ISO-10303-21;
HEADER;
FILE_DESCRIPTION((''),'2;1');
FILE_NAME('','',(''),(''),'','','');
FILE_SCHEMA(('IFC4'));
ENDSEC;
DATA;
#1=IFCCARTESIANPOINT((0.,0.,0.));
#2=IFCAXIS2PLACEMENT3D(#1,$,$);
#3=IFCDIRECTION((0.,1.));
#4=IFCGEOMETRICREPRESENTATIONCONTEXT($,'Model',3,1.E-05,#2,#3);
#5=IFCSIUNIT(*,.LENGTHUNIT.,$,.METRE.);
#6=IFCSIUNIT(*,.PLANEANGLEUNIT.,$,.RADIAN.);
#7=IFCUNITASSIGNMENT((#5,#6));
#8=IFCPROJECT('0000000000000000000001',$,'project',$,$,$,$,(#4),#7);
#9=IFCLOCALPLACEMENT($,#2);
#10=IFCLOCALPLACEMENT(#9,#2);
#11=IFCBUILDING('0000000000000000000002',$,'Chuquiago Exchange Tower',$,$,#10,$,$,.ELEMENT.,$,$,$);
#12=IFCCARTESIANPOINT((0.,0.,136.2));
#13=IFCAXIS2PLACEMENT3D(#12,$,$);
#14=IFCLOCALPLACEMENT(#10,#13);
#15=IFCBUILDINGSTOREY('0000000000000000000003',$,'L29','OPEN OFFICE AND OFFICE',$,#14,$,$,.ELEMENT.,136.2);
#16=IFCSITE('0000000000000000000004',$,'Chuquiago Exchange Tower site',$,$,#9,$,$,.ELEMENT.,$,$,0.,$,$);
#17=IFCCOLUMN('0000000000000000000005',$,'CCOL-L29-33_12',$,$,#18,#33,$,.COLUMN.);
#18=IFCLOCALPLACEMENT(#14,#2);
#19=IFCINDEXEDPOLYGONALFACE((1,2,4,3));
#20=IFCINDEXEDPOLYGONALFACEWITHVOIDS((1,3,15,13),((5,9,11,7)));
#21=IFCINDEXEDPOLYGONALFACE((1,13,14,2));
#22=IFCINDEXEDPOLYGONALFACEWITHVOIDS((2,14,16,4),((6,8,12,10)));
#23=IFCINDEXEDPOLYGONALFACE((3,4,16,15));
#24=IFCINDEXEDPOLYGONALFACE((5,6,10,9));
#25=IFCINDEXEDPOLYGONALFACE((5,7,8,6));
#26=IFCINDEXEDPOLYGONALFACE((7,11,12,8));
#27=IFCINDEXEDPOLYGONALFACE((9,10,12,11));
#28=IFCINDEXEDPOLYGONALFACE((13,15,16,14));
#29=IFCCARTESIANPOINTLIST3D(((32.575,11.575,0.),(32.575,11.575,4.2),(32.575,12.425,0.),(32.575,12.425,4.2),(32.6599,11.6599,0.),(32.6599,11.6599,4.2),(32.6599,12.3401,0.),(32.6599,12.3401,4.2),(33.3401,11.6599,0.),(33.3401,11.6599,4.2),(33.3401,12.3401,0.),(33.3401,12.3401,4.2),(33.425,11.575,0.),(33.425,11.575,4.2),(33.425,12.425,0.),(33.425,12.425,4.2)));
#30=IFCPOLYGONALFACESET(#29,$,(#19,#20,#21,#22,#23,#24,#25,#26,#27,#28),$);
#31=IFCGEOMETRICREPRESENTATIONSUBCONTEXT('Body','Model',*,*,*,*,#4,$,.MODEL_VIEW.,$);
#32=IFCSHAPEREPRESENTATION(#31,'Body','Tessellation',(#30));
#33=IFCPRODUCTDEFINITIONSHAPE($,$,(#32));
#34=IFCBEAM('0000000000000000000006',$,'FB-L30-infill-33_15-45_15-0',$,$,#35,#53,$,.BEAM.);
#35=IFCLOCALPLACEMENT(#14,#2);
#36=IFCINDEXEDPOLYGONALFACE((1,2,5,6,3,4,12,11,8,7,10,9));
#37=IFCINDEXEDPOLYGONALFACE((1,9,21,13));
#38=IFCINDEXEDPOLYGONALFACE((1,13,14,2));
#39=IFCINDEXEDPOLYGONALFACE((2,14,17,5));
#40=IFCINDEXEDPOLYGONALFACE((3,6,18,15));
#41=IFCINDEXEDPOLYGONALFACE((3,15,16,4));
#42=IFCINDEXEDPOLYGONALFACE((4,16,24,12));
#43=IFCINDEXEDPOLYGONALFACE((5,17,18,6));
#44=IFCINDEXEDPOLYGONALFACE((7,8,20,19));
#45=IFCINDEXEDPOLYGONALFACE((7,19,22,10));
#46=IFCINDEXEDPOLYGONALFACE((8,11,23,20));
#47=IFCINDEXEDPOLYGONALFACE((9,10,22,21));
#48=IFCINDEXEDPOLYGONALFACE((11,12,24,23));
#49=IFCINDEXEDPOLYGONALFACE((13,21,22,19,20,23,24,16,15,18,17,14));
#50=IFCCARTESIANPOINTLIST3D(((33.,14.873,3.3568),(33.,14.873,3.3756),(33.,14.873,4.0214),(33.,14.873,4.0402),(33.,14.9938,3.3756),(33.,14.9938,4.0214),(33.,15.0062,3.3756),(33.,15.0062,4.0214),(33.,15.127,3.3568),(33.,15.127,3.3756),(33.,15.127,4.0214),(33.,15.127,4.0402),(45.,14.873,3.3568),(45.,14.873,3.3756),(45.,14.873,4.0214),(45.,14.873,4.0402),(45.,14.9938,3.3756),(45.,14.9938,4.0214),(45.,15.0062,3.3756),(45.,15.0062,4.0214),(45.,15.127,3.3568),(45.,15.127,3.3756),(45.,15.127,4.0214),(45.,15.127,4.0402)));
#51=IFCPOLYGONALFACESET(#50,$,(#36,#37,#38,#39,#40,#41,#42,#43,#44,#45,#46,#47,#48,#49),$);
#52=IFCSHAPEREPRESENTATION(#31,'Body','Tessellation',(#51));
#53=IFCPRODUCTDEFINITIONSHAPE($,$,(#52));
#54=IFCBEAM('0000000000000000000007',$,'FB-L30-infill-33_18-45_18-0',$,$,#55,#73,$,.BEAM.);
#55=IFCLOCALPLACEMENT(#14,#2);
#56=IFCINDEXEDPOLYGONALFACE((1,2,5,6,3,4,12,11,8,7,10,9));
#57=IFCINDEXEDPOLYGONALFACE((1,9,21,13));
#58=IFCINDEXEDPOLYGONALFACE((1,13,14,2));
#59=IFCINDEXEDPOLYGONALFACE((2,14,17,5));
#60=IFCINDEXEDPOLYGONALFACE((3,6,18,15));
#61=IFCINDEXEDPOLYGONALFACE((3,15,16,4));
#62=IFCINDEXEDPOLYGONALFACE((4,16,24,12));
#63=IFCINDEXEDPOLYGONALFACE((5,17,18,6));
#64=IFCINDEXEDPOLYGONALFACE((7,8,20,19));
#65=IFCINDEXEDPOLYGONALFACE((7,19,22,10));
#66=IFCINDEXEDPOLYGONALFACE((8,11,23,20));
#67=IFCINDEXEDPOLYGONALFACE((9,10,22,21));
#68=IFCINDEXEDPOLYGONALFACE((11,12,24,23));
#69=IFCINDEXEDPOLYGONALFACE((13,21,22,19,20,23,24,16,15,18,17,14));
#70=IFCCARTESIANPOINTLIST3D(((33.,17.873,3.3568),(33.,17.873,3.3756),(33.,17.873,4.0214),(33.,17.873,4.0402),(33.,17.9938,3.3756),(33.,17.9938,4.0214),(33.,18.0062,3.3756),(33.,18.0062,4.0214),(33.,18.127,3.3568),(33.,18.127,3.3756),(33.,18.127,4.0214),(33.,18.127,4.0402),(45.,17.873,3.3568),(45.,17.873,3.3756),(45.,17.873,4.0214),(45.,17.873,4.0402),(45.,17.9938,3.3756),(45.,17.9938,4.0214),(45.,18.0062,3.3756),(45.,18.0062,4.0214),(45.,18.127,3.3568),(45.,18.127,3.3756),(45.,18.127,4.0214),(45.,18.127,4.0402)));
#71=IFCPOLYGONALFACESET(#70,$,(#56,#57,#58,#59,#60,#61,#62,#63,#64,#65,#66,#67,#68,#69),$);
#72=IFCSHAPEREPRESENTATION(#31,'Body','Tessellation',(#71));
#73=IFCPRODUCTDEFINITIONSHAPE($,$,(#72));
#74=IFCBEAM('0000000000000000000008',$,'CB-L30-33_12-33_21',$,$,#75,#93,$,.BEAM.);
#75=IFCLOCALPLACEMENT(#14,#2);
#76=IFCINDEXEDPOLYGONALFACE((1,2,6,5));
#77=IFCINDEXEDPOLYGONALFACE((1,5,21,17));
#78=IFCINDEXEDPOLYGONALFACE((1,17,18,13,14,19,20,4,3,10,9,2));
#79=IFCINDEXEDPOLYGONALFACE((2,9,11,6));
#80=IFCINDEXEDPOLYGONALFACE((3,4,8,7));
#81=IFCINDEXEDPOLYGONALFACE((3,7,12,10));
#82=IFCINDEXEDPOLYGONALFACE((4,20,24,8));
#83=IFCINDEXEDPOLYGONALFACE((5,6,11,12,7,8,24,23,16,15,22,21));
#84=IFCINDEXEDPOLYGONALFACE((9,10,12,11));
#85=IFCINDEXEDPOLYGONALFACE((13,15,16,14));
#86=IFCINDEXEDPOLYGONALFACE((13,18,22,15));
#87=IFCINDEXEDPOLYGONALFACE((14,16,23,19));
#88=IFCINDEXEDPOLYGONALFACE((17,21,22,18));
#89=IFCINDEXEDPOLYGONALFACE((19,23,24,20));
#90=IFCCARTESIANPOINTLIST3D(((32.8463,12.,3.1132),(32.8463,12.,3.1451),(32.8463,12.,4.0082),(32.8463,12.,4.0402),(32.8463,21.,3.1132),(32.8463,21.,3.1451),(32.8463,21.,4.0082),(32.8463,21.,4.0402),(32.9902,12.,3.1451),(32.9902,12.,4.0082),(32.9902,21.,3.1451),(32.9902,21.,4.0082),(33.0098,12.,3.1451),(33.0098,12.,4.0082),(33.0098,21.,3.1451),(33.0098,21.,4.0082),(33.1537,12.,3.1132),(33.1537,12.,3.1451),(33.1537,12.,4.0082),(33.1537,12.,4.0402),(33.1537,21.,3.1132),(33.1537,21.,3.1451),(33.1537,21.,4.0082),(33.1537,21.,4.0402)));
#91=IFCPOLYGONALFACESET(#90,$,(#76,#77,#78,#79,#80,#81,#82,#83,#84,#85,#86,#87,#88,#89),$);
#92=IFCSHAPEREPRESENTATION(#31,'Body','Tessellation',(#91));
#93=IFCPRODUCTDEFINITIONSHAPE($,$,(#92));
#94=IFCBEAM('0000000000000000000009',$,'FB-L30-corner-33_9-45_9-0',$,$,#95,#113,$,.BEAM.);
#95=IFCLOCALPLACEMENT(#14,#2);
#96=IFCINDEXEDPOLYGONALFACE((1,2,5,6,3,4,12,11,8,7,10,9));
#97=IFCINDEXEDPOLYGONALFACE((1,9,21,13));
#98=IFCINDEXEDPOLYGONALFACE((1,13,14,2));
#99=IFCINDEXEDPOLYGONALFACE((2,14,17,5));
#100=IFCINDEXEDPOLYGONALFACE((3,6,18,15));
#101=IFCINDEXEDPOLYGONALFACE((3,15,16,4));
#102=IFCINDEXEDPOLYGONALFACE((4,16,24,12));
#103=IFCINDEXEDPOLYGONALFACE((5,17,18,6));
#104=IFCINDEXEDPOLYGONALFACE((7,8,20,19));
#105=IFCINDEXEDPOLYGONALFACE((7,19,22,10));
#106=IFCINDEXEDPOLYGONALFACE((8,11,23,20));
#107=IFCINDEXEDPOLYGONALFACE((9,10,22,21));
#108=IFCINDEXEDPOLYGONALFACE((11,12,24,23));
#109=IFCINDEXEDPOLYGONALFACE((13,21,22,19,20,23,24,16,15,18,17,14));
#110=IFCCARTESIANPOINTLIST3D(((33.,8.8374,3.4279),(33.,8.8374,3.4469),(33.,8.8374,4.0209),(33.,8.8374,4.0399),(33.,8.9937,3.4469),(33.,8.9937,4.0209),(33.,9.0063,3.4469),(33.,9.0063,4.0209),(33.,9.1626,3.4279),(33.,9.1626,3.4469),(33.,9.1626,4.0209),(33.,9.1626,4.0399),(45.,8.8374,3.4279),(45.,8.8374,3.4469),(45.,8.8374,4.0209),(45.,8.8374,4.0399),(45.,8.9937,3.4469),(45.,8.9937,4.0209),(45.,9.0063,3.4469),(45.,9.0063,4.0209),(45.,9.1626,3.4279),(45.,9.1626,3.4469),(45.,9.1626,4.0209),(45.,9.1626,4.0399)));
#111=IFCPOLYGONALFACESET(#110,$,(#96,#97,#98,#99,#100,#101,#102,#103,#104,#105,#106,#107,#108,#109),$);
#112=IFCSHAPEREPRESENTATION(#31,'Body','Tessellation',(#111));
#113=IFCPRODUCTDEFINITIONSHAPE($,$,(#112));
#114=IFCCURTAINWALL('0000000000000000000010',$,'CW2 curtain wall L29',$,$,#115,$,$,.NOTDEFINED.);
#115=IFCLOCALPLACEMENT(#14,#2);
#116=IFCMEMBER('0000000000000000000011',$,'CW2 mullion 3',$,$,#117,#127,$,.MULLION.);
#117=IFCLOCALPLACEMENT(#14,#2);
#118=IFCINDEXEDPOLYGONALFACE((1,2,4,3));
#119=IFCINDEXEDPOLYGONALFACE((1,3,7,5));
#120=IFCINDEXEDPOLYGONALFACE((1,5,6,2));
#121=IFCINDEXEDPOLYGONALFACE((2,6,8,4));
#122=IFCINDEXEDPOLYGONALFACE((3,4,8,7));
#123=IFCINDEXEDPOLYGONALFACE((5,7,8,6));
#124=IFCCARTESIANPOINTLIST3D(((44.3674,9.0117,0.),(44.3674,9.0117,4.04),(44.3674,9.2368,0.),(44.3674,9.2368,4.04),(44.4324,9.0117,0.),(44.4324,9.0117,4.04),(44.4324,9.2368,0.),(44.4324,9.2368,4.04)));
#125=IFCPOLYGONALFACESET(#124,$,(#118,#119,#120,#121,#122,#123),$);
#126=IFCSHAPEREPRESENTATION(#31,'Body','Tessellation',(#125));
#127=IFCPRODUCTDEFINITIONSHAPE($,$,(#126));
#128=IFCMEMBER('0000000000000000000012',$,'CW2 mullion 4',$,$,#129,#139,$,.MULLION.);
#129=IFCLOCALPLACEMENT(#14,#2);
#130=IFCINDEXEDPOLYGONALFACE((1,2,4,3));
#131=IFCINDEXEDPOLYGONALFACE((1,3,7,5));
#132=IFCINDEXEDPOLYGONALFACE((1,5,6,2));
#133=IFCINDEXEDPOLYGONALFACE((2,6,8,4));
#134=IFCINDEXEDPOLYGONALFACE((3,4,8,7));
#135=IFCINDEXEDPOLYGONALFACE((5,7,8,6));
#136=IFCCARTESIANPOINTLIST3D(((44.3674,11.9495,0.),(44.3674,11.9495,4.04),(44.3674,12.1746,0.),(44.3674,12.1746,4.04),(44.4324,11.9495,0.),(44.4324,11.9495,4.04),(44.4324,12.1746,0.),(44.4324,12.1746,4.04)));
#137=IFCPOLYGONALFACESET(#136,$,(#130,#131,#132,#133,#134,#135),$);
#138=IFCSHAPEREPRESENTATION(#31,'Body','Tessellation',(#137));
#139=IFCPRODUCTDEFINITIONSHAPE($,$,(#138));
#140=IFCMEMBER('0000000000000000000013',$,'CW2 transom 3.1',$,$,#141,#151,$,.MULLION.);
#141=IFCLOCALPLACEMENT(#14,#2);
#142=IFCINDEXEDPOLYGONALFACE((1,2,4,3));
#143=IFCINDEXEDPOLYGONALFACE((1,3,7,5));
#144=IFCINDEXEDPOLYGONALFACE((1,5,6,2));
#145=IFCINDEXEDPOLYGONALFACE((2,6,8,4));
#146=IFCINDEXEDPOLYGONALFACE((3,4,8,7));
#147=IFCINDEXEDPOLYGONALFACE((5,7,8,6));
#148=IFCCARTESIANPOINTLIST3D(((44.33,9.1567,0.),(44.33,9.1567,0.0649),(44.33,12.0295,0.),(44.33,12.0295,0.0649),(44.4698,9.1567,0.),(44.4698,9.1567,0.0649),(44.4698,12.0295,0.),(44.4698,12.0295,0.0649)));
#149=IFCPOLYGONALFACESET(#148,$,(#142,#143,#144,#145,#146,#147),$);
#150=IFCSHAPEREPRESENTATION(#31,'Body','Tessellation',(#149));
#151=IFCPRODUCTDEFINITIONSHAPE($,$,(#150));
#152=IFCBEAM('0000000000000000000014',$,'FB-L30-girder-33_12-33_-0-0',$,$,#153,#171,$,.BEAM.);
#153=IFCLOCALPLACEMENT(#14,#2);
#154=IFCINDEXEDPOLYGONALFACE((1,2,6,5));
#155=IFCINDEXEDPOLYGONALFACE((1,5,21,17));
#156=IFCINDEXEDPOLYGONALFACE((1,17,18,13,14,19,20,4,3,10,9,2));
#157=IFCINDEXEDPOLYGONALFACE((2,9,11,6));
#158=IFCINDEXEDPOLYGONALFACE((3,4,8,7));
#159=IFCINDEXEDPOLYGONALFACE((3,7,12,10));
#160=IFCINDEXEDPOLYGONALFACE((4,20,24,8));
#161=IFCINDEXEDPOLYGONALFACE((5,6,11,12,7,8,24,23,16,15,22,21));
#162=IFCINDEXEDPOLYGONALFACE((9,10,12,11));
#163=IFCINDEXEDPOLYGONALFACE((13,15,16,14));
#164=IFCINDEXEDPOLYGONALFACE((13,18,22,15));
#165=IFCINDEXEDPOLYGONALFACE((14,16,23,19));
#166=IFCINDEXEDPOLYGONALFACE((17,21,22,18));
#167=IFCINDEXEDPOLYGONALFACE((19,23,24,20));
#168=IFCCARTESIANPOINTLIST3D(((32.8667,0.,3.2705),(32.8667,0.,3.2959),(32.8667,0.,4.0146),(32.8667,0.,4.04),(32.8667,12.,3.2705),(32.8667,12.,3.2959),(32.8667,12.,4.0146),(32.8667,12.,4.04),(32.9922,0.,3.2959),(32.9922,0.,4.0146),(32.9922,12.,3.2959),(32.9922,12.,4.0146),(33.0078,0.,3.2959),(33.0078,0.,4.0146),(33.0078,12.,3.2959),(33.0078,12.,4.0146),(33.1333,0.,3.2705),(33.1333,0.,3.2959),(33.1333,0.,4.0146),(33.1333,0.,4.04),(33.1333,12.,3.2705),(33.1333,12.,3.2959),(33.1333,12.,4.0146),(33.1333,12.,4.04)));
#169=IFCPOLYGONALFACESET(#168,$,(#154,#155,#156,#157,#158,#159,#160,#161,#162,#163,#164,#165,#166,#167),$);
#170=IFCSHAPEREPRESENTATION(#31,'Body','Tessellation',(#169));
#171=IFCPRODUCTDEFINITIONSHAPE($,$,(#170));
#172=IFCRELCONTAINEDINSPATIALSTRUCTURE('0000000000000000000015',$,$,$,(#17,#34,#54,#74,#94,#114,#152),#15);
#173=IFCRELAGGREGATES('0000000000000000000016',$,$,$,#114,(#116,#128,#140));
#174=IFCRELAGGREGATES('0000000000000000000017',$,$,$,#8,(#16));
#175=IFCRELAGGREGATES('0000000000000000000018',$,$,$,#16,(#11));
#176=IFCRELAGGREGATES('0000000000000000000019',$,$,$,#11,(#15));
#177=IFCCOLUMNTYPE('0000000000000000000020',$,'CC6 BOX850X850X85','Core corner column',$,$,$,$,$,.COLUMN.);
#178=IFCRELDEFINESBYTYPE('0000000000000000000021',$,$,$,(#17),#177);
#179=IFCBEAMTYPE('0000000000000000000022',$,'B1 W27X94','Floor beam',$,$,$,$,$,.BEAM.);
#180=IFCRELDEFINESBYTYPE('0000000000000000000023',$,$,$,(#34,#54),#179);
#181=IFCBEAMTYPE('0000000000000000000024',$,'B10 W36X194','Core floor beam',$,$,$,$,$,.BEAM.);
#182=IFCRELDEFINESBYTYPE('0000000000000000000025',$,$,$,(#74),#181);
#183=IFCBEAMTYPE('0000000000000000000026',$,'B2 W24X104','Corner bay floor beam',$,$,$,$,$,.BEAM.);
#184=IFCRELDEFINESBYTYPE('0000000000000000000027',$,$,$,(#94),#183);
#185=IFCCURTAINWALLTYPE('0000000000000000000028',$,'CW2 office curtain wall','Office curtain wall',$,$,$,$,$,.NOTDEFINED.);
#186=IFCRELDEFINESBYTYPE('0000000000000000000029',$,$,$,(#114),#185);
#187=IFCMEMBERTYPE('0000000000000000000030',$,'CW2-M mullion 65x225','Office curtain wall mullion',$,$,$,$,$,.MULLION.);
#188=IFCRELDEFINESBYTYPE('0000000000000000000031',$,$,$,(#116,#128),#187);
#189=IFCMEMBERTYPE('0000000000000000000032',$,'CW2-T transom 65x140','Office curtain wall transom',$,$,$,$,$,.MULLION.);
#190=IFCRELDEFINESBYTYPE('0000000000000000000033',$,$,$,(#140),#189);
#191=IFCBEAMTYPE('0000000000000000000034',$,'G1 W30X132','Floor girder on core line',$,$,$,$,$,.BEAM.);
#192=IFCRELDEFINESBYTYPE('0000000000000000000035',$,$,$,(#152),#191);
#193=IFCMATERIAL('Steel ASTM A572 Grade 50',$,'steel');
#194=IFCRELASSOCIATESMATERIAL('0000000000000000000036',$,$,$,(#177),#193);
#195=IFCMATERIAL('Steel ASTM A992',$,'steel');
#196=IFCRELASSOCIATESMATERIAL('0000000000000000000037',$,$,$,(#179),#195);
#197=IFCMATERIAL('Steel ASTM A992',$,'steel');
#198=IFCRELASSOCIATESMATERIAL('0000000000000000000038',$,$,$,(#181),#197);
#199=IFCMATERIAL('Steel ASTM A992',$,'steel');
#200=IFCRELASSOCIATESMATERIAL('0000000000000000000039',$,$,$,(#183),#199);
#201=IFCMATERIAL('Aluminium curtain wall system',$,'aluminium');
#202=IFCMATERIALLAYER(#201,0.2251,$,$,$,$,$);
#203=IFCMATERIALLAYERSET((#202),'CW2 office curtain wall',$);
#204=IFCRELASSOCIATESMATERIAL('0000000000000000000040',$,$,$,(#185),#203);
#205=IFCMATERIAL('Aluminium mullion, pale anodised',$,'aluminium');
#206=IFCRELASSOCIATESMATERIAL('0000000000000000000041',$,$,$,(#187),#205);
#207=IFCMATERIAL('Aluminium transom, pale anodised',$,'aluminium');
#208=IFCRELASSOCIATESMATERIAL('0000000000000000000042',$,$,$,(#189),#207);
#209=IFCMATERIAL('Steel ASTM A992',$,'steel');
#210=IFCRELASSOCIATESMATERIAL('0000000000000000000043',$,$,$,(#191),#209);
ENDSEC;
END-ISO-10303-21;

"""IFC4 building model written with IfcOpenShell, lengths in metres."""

from ifc_helpers import new_model, si_unit, direction, frame, origin, origin_2d, place, context, subcontext, project, spatial, rectangle, hollow_rectangle, i_section, extrude, material, layer, layer_set, material_profile, profile_set, type_object, element, aggregate, save


model = new_model("IFC4")

# Units and contexts
model_context = context("Model", 3, precision=1e-05, world=origin(), true_north=direction((0.0, 1.0)))
body_context = subcontext(model_context, "Body", "Model", "MODEL_VIEW")
ifc_project = project(units=[si_unit("LENGTHUNIT", "METRE"), si_unit("PLANEANGLEUNIT", "RADIAN")], contexts=[model_context])

# Site, building, storey
site_placement = place(None, origin())
site = spatial("IfcSite", under=ifc_project, at=site_placement, Name="Chuquiago Exchange Tower site", CompositionType="ELEMENT", RefElevation=0.0)
building_placement = place(site_placement, origin())
building = spatial("IfcBuilding", under=site, at=building_placement, Name="Chuquiago Exchange Tower", CompositionType="ELEMENT")
storey_placement = place(building_placement, frame((0.0, 0.0, 136.2)))
storey = spatial("IfcBuildingStorey", under=building, at=storey_placement, Name="L29", Description="OPEN OFFICE AND OFFICE", CompositionType="ELEMENT", Elevation=136.2)

# Column
ifc_material_1 = material(Name="Steel ASTM A572 Grade 50", Category="steel")
ifc_material_profile_1 = material_profile(ifc_material_1, hollow_rectangle(XDim=0.8501, YDim=0.8501, WallThickness=0.085, at=origin_2d()), Name="BOX850X850X85")
ifc_profile_set_1 = profile_set([ifc_material_profile_1], Name="Steel ASTM A572 Grade 50")
column_type = type_object("IfcColumnType", Name="CC6 BOX850X850X85", Description="Core corner column", PredefinedType="COLUMN", material=ifc_profile_set_1)
column_placement = place(storey_placement, frame((33.0, 12.0, 0.0), z_axis=(0.0, 0.0, 1.0), x_axis=(1.0, 0.0, 0.0)))
element("IfcColumn", 1, at=column_placement, inside=storey, type_object=column_type, Name="CCOL-L29-33_12", PredefinedType="COLUMN", context=body_context, shape_type="SweptSolid", body=[
    extrude(hollow_rectangle(XDim=0.8501, YDim=0.8501, WallThickness=0.085, at=origin_2d()), origin(), (0.0, 0.0, 1.0), 4.2),
])

# Beams
ifc_material_2 = material(Name="Steel ASTM A992", Category="steel")
ifc_material_profile_2 = material_profile(ifc_material_2, i_section(OverallWidth=0.2539, OverallDepth=0.6833, WebThickness=0.0125, FlangeThickness=0.0188, at=origin_2d()), Name="W27X94")
ifc_profile_set_2 = profile_set([ifc_material_profile_2], Name="Steel ASTM A992")
beam_type_1 = type_object("IfcBeamType", Name="B1 W27X94", Description="Floor beam", PredefinedType="BEAM", material=ifc_profile_set_2)
for number, where, z_axis, x_axis, name in (
    (2, (33.0, 15.0, 3.6985), (1.0, 0.0, 0.0), (0.0, 1.0, 0.0), "FB-L30-infill-33_15-45_15-0"),
    (3, (33.0, 18.0, 3.6985), (1.0, 0.0, 0.0), (0.0, 1.0, 0.0), "FB-L30-infill-33_18-45_18-0"),
):
    element("IfcBeam", number, at=place(storey_placement, frame(where, z_axis=z_axis, x_axis=x_axis)), inside=storey, type_object=beam_type_1, Name=name, PredefinedType="BEAM", context=body_context, shape_type="SweptSolid", body=[
        extrude(i_section(OverallWidth=0.2539, OverallDepth=0.6833, WebThickness=0.0125, FlangeThickness=0.0188, at=origin_2d()), origin(), (0.0, 0.0, 1.0), 12.0),
    ])
ifc_material_3 = material(Name="Steel ASTM A992", Category="steel")
ifc_material_profile_3 = material_profile(ifc_material_3, i_section(OverallWidth=0.3074, OverallDepth=0.927, WebThickness=0.0195, FlangeThickness=0.032, at=origin_2d()), Name="W36X194")
ifc_profile_set_3 = profile_set([ifc_material_profile_3], Name="Steel ASTM A992")
beam_type_2 = type_object("IfcBeamType", Name="B10 W36X194", Description="Core floor beam", PredefinedType="BEAM", material=ifc_profile_set_3)
beam_1_placement = place(storey_placement, frame((33.0, 12.0, 3.5767), z_axis=(0.0, 1.0, 0.0), x_axis=(-1.0, 0.0, 0.0)))
element("IfcBeam", 4, at=beam_1_placement, inside=storey, type_object=beam_type_2, Name="CB-L30-33_12-33_21", PredefinedType="BEAM", context=body_context, shape_type="SweptSolid", body=[
    extrude(i_section(OverallWidth=0.3074, OverallDepth=0.927, WebThickness=0.0195, FlangeThickness=0.032, at=origin_2d()), origin(), (0.0, 0.0, 1.0), 9.0),
])
ifc_material_4 = material(Name="Steel ASTM A992", Category="steel")
ifc_material_profile_4 = material_profile(ifc_material_4, i_section(OverallWidth=0.3252, OverallDepth=0.6121, WebThickness=0.0127, FlangeThickness=0.019, at=origin_2d()), Name="W24X104")
ifc_profile_set_4 = profile_set([ifc_material_profile_4], Name="Steel ASTM A992")
beam_type_3 = type_object("IfcBeamType", Name="B2 W24X104", Description="Corner bay floor beam", PredefinedType="BEAM", material=ifc_profile_set_4)
beam_2_placement = place(storey_placement, frame((33.0, 9.0, 3.7339), z_axis=(1.0, 0.0, 0.0), x_axis=(0.0, 1.0, 0.0)))
element("IfcBeam", 5, at=beam_2_placement, inside=storey, type_object=beam_type_3, Name="FB-L30-corner-33_9-45_9-0", PredefinedType="BEAM", context=body_context, shape_type="SweptSolid", body=[
    extrude(i_section(OverallWidth=0.3252, OverallDepth=0.6121, WebThickness=0.0127, FlangeThickness=0.019, at=origin_2d()), origin(), (0.0, 0.0, 1.0), 12.0),
])

# Curtain wall, members
ifc_material_5 = material(Name="Aluminium curtain wall system", Category="aluminium")
ifc_layer_1 = layer(ifc_material_5, 0.2251)
ifc_layer_set_1 = layer_set([ifc_layer_1], Name="CW2 office curtain wall")
curtain_wall_type = type_object("IfcCurtainWallType", Name="CW2 office curtain wall", Description="Office curtain wall", PredefinedType="NOTDEFINED", material=ifc_layer_set_1)
curtain_wall_placement = place(storey_placement, origin())
curtain_wall = element("IfcCurtainWall", 6, at=curtain_wall_placement, inside=storey, type_object=curtain_wall_type, Name="CW2 curtain wall L29", PredefinedType="NOTDEFINED")
ifc_material_6 = material(Name="Aluminium mullion, pale anodised", Category="aluminium")
ifc_material_profile_5 = material_profile(ifc_material_6, rectangle(XDim=0.0649, YDim=0.2251, at=origin_2d()), Name="AL 65x225")
ifc_profile_set_5 = profile_set([ifc_material_profile_5], Name="Aluminium mullion, pale anodised")
member_type_1 = type_object("IfcMemberType", Name="CW2-M mullion 65x225", Description="Office curtain wall mullion", PredefinedType="MULLION", material=ifc_profile_set_5)
member_1_placement = place(storey_placement, frame((44.3999, 9.1243, 0.0), z_axis=(0.0, 0.0, 1.0), x_axis=(-1.0, 0.0, 0.0)))
member_1 = element("IfcMember", 7, at=member_1_placement, type_object=member_type_1, Name="CW2 mullion 3", PredefinedType="MULLION", context=body_context, shape_type="SweptSolid", body=[
    extrude(rectangle(XDim=0.0649, YDim=0.2251, at=origin_2d()), origin(), (0.0, 0.0, 1.0), 4.04),
])
member_2_placement = place(storey_placement, frame((44.3999, 12.062, 0.0), z_axis=(0.0, 0.0, 1.0), x_axis=(-1.0, 0.0, 0.0)))
member_2 = element("IfcMember", 8, at=member_2_placement, type_object=member_type_1, Name="CW2 mullion 4", PredefinedType="MULLION", context=body_context, shape_type="SweptSolid", body=[
    extrude(rectangle(XDim=0.0649, YDim=0.2251, at=origin_2d()), origin(), (0.0, 0.0, 1.0), 4.04),
])
ifc_material_7 = material(Name="Aluminium transom, pale anodised", Category="aluminium")
ifc_material_profile_6 = material_profile(ifc_material_7, rectangle(XDim=0.1399, YDim=0.0649, at=origin_2d()), Name="AL 140x65")
ifc_profile_set_6 = profile_set([ifc_material_profile_6], Name="Aluminium transom, pale anodised")
member_type_2 = type_object("IfcMemberType", Name="CW2-T transom 65x140", Description="Office curtain wall transom", PredefinedType="MULLION", material=ifc_profile_set_6)
member_3_placement = place(storey_placement, frame((44.3999, 9.1567, 0.0325), z_axis=(0.0, 1.0, 0.0), x_axis=(-1.0, 0.0, 0.0)))
member_3 = element("IfcMember", 9, at=member_3_placement, type_object=member_type_2, Name="CW2 transom 3.1", PredefinedType="MULLION", context=body_context, shape_type="SweptSolid", body=[
    extrude(rectangle(XDim=0.1399, YDim=0.0649, at=origin_2d()), origin(), (0.0, 0.0, 1.0), 2.8728),
])

# Beam
ifc_material_8 = material(Name="Steel ASTM A992", Category="steel")
ifc_material_profile_7 = material_profile(ifc_material_8, i_section(OverallWidth=0.2666, OverallDepth=0.7695, WebThickness=0.0156, FlangeThickness=0.0254, at=origin_2d()), Name="W30X132")
ifc_profile_set_7 = profile_set([ifc_material_profile_7], Name="Steel ASTM A992")
beam_type_4 = type_object("IfcBeamType", Name="G1 W30X132", Description="Floor girder on core line", PredefinedType="BEAM", material=ifc_profile_set_7)
for number, where, z_axis, x_axis, name in (
    (10, (33.0, 12.0, 3.6553), (0.0, -1.0, 0.0), (1.0, 0.0, 0.0), "FB-L30-girder-33_12-33_-0-0"),
):
    element("IfcBeam", number, at=place(storey_placement, frame(where, z_axis=z_axis, x_axis=x_axis)), inside=storey, type_object=beam_type_4, Name=name, PredefinedType="BEAM", context=body_context, shape_type="SweptSolid", body=[
        extrude(i_section(OverallWidth=0.2666, OverallDepth=0.7695, WebThickness=0.0156, FlangeThickness=0.0254, at=origin_2d()), origin(), (0.0, 0.0, 1.0), 12.0),
    ])

aggregate(curtain_wall, [member_1, member_2, member_3])

save(model, "model.ifc")
